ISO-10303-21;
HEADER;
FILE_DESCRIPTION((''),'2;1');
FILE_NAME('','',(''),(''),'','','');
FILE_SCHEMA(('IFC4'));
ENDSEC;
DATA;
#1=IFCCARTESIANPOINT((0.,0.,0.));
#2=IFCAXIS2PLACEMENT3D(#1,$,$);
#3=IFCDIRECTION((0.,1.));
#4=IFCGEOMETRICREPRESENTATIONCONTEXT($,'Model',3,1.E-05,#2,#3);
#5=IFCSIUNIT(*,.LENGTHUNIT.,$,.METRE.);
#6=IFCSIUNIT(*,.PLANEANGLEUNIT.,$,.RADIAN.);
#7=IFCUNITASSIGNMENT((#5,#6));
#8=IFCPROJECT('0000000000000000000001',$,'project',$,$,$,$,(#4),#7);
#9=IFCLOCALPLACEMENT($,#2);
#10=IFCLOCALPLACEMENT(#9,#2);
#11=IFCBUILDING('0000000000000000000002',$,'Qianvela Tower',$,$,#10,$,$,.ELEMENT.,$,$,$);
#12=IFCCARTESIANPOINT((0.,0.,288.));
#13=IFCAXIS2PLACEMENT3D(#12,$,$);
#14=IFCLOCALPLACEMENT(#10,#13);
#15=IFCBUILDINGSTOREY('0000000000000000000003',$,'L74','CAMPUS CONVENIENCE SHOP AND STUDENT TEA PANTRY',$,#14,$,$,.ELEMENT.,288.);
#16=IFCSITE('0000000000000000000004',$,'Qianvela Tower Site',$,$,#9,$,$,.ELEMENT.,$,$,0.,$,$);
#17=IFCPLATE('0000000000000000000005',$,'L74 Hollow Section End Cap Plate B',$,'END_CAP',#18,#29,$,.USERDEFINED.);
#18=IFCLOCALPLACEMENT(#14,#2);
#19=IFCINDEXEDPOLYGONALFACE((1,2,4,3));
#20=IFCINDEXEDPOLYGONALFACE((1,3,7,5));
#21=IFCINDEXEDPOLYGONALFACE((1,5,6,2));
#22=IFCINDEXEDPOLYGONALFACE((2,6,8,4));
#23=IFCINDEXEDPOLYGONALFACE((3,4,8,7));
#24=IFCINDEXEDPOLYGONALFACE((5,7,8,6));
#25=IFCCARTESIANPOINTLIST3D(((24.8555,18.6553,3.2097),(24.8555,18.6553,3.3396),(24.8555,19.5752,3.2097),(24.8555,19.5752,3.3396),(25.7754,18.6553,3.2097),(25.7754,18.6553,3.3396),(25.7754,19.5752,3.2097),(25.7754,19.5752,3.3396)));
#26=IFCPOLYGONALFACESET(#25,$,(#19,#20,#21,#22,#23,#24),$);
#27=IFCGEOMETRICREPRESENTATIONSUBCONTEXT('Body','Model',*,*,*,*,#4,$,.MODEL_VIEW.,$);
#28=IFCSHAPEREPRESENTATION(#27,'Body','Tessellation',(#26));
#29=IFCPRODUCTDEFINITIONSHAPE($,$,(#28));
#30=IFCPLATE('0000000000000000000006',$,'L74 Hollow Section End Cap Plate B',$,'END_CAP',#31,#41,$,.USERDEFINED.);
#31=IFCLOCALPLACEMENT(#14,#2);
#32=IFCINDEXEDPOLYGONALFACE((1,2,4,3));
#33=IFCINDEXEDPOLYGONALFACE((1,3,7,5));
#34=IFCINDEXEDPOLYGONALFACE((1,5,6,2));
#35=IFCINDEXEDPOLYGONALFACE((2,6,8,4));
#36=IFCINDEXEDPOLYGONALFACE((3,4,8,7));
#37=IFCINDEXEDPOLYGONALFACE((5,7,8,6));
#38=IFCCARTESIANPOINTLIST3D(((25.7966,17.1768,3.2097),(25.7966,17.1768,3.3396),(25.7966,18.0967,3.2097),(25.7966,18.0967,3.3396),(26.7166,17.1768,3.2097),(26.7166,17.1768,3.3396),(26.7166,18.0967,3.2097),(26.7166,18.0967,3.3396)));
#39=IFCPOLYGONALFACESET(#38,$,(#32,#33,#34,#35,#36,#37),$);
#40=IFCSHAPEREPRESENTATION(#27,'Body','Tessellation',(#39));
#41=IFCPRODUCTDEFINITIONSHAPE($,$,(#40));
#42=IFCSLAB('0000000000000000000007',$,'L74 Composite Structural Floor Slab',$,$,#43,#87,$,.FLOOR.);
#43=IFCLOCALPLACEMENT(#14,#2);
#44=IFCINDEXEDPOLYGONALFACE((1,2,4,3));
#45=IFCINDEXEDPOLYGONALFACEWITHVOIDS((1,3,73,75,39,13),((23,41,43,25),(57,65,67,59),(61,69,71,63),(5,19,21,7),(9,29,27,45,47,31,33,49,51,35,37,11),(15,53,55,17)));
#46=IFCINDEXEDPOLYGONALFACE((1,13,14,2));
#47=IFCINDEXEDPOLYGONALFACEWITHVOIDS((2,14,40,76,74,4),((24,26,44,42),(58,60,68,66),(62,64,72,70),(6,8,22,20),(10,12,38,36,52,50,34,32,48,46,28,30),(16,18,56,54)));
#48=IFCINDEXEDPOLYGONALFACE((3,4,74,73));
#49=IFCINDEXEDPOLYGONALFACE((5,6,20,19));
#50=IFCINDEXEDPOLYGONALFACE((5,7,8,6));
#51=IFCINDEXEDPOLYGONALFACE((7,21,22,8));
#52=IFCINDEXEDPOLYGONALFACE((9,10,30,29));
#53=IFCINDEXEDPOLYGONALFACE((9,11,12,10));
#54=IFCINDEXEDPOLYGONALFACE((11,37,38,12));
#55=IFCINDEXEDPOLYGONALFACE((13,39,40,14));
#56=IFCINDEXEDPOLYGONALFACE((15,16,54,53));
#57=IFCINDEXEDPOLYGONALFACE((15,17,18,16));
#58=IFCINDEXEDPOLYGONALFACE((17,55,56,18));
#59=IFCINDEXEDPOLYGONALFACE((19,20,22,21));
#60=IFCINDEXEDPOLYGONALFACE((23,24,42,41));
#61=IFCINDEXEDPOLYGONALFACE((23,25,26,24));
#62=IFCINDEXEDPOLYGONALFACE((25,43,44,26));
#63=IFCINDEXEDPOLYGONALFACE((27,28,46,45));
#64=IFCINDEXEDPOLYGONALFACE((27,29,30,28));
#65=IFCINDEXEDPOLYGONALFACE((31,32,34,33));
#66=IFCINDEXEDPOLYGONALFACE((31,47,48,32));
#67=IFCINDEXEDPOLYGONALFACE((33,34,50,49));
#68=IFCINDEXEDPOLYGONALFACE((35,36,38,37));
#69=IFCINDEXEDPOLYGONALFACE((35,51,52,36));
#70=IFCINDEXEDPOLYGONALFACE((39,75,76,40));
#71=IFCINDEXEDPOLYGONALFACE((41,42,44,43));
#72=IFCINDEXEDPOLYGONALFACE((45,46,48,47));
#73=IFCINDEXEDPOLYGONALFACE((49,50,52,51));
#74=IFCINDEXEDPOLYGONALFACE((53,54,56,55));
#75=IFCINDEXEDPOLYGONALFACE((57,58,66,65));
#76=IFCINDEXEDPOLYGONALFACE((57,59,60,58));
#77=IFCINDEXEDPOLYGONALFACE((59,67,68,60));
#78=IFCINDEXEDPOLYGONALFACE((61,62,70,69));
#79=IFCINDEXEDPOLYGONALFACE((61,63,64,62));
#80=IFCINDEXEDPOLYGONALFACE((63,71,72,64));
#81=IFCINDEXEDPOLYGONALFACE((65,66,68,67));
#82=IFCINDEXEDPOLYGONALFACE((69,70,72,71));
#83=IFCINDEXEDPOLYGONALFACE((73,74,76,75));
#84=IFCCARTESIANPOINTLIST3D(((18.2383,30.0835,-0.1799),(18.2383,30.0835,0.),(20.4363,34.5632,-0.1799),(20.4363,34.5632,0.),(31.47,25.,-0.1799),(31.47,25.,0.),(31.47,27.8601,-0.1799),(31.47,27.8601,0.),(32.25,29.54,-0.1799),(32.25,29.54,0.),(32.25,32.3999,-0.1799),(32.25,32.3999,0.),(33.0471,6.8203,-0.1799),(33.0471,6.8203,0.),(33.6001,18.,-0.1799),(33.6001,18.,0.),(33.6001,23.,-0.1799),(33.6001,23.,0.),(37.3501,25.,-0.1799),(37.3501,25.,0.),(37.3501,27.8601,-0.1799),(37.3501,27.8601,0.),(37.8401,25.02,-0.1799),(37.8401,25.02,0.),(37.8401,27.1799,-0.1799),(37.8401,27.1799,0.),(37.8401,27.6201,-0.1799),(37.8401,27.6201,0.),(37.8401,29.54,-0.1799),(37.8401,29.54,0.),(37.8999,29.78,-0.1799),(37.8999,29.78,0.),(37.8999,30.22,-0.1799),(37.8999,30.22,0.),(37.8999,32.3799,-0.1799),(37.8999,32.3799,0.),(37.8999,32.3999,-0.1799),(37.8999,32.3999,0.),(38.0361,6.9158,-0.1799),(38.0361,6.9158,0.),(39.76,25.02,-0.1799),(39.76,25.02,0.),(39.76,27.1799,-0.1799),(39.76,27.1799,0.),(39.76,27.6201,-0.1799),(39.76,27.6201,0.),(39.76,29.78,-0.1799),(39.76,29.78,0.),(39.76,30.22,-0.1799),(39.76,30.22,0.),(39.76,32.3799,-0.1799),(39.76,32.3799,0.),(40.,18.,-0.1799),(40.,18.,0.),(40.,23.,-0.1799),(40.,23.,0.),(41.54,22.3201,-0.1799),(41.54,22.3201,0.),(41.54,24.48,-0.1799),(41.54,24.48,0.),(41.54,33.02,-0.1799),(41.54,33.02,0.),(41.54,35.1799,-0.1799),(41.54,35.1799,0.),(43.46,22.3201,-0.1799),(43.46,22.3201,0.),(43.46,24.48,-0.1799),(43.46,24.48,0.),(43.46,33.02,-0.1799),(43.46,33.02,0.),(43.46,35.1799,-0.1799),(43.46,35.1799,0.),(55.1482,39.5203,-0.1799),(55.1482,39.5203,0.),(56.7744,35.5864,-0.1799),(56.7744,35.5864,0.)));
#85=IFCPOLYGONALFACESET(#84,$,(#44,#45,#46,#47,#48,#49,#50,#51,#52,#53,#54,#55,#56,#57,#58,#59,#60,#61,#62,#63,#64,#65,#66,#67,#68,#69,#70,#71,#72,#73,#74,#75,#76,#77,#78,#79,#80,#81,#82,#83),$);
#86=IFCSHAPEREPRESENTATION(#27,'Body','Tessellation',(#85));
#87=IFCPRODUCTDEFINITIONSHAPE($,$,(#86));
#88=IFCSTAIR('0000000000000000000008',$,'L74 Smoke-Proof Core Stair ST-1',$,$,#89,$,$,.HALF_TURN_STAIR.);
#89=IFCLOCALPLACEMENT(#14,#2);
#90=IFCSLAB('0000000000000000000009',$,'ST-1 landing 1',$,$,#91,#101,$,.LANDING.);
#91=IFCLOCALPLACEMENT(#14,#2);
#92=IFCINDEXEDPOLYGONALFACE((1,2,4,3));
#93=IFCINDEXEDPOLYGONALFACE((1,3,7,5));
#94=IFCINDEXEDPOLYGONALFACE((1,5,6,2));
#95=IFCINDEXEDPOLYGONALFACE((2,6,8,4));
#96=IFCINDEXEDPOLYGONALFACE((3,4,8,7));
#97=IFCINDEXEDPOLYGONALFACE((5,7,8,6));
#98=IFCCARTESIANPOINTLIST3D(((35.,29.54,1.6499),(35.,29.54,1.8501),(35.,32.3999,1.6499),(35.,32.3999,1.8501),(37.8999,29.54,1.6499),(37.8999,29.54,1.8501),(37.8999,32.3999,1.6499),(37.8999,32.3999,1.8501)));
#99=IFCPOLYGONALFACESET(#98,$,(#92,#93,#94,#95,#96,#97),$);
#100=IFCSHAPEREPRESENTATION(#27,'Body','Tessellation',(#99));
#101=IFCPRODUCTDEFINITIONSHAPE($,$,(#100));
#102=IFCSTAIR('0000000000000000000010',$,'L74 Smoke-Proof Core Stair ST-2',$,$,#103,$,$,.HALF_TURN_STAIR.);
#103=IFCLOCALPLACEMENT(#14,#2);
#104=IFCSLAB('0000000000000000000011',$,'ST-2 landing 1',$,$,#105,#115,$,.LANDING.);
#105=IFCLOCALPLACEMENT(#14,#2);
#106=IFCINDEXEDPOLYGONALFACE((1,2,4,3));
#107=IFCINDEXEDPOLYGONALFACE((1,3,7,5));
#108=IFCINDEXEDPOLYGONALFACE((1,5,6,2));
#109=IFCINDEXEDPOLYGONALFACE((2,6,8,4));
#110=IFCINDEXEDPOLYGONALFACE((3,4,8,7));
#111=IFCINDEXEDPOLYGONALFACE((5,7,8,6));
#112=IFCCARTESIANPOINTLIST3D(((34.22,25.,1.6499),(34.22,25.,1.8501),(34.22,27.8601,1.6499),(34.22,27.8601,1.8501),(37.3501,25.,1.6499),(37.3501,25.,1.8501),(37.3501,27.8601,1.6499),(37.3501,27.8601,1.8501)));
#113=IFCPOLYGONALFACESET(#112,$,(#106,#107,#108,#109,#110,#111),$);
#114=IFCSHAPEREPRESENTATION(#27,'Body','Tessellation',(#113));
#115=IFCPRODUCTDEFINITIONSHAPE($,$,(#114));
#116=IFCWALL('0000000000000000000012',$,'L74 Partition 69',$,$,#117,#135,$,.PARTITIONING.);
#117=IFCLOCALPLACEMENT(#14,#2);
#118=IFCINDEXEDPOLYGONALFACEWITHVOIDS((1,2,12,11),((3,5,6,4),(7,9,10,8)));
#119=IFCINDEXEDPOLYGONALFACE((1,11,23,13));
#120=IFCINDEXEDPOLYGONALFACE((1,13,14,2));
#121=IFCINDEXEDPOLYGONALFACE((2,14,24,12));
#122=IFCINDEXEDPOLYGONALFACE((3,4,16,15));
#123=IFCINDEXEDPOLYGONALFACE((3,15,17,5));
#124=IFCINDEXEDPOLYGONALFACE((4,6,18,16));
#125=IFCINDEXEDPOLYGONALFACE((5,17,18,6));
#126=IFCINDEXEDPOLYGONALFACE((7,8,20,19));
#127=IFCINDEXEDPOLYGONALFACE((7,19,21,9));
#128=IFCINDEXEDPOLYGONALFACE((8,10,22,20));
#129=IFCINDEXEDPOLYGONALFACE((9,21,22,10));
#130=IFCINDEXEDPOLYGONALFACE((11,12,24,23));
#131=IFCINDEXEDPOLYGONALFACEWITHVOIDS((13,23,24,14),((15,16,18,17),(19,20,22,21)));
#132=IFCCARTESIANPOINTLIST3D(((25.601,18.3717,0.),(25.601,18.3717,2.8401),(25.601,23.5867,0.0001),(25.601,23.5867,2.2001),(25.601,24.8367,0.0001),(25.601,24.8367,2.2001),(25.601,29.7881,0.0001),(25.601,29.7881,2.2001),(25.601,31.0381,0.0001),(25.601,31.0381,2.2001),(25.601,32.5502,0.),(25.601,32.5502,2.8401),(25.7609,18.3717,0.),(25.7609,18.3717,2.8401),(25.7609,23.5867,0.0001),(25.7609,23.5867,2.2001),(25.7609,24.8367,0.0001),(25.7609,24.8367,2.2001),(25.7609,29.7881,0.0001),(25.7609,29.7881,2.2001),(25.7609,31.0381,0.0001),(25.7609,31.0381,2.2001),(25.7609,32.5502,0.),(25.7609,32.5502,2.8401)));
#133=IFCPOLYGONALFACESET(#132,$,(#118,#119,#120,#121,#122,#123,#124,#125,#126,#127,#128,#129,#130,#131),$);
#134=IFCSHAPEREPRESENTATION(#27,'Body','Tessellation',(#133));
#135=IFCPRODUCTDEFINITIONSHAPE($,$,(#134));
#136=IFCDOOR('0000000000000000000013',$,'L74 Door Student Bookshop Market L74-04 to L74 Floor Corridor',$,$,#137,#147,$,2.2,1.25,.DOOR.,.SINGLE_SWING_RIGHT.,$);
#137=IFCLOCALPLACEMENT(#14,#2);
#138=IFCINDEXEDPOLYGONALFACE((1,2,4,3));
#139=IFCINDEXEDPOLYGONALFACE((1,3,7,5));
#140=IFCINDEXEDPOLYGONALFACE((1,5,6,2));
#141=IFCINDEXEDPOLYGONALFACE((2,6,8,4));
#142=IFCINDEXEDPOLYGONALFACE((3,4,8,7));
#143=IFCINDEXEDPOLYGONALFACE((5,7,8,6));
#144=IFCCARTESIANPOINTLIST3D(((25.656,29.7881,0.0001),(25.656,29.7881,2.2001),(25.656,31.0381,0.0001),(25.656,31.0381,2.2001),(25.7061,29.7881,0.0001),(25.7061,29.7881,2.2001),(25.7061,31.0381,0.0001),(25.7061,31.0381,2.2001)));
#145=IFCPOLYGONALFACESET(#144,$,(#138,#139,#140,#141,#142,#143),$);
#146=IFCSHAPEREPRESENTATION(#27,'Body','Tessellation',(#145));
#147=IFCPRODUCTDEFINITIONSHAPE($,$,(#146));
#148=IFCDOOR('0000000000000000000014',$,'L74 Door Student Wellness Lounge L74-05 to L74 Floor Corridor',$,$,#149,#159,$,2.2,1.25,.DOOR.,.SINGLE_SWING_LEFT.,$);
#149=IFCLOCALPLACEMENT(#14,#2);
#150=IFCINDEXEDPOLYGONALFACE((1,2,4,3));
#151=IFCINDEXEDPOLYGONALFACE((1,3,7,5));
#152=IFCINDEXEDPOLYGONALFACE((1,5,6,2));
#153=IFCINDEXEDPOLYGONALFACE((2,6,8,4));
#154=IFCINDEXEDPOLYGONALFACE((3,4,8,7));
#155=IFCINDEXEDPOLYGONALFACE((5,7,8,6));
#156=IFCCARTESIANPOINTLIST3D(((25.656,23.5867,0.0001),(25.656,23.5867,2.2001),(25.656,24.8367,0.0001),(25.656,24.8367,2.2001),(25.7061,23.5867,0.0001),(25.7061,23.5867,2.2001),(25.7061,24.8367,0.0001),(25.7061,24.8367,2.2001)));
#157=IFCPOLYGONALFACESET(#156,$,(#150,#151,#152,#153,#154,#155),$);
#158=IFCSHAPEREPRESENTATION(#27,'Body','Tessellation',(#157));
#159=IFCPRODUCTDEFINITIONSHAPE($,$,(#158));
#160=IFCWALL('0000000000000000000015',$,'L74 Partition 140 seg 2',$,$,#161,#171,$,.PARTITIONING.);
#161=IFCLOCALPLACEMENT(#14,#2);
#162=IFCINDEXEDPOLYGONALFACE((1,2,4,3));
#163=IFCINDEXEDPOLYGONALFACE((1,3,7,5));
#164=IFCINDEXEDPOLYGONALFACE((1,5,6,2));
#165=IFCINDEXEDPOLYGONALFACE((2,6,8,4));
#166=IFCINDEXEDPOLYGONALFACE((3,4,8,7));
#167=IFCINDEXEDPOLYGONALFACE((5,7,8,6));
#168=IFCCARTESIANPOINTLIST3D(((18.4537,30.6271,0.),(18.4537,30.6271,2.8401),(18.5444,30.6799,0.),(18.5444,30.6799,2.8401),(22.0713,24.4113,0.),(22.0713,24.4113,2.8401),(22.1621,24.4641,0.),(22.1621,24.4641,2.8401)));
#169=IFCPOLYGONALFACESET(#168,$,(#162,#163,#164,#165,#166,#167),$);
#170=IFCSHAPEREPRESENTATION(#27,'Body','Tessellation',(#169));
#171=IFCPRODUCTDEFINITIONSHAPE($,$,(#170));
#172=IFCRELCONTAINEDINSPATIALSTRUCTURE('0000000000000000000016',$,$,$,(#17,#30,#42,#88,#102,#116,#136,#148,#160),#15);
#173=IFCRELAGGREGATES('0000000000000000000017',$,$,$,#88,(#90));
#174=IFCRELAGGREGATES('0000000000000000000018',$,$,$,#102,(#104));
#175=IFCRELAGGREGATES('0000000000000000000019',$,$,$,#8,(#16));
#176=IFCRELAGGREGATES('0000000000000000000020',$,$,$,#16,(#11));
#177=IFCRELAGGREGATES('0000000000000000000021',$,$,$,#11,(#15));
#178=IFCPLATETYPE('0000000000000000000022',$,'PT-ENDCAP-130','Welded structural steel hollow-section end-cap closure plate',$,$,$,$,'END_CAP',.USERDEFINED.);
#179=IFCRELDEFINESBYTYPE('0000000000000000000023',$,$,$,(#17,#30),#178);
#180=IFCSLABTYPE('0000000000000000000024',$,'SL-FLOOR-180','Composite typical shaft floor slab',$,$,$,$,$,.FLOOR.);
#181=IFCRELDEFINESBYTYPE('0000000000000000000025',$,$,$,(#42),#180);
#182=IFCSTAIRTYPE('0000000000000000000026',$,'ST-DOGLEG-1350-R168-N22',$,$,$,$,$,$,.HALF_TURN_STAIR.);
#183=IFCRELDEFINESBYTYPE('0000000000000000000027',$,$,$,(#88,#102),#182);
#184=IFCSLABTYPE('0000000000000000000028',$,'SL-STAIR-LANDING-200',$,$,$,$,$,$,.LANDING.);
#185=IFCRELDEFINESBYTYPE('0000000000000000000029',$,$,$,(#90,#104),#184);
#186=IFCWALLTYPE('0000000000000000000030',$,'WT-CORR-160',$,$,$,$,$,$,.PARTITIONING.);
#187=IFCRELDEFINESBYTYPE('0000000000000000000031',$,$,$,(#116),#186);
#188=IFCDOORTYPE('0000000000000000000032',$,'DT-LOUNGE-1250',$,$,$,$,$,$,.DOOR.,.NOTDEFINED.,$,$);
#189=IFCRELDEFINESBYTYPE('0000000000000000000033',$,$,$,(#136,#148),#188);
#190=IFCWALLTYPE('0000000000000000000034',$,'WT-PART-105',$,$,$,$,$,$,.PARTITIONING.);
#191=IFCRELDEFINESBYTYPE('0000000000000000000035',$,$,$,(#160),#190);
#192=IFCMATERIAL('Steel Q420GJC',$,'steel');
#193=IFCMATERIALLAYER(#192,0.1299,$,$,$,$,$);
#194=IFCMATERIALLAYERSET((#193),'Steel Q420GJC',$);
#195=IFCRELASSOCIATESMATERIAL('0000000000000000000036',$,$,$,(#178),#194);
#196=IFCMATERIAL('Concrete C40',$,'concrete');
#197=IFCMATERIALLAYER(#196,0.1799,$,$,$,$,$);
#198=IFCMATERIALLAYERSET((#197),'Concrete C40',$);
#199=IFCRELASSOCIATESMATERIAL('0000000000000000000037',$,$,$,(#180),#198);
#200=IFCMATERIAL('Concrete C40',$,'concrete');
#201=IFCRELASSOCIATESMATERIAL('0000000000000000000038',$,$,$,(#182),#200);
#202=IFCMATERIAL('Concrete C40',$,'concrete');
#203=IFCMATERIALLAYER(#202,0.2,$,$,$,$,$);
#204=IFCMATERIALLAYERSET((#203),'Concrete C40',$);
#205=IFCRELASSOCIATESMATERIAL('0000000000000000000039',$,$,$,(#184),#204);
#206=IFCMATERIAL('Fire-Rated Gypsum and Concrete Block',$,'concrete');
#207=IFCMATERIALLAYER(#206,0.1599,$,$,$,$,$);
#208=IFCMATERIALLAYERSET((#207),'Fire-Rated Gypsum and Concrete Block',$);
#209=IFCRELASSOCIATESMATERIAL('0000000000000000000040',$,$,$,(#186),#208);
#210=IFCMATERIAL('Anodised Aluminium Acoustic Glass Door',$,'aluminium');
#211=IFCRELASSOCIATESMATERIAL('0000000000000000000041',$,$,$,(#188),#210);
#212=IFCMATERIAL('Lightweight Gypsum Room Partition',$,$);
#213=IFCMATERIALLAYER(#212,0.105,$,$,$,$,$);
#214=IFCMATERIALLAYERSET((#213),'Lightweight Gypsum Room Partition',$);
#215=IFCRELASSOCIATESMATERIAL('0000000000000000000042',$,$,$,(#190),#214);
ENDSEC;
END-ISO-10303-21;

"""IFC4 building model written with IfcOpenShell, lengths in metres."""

from ifc_helpers import new_model, si_unit, direction, frame, frame_2d, origin, origin_2d, place, context, subcontext, project, spatial, polyline, rectangle, outline, extrude, material, layer, layer_set, type_object, element, fill, aggregate, save


model = new_model("IFC4")

# Units and contexts
model_context = context("Model", 3, precision=1e-05, world=origin(), true_north=direction((0.0, 1.0)))
body_context = subcontext(model_context, "Body", "Model", "MODEL_VIEW")
ifc_project = project(units=[si_unit("LENGTHUNIT", "METRE"), si_unit("PLANEANGLEUNIT", "RADIAN")], contexts=[model_context])

# Site, building, storey
site_placement = place(None, origin())
site = spatial("IfcSite", under=ifc_project, at=site_placement, Name="Qianvela Tower Site", CompositionType="ELEMENT", RefElevation=0.0)
building_placement = place(site_placement, origin())
building = spatial("IfcBuilding", under=site, at=building_placement, Name="Qianvela Tower", CompositionType="ELEMENT")
storey_placement = place(building_placement, frame((0.0, 0.0, 288.0)))
storey = spatial("IfcBuildingStorey", under=building, at=storey_placement, Name="L74", Description="CAMPUS CONVENIENCE SHOP AND STUDENT TEA PANTRY", CompositionType="ELEMENT", Elevation=288.0)

# Plates
ifc_material_1 = material(Name="Steel Q420GJC", Category="steel")
ifc_layer_1 = layer(ifc_material_1, 0.1299)
ifc_layer_set_1 = layer_set([ifc_layer_1], Name="Steel Q420GJC")
plate_type_1 = type_object("IfcPlateType", Name="PT-ENDCAP-130", Description="Welded structural steel hollow-section end-cap closure plate", ElementType="END_CAP", PredefinedType="USERDEFINED", material=ifc_layer_set_1)
for number, where, z_axis, x_axis, name in (
    (1, (25.3154, 19.1152, 3.2097), (0.0, 0.0, 1.0), (1.0, 0.0, 0.0), "L74 Hollow Section End Cap Plate B"),
    (2, (26.2566, 17.6367, 3.2097), (0.0, 0.0, 1.0), (1.0, 0.0, 0.0), "L74 Hollow Section End Cap Plate B"),
):
    element("IfcPlate", number, at=place(storey_placement, frame(where, z_axis=z_axis, x_axis=x_axis)), inside=storey, type_object=plate_type_1, Name=name, ObjectType="END_CAP", PredefinedType="USERDEFINED", context=body_context, shape_type="SweptSolid", body=[
        extrude(rectangle(XDim=0.9199, YDim=0.9199, at=origin_2d()), origin(), (0.0, 0.0, 1.0), 0.1299),
    ])

# Slab
ifc_material_2 = material(Name="Concrete C40", Category="concrete")
ifc_layer_2 = layer(ifc_material_2, 0.1799)
ifc_layer_set_2 = layer_set([ifc_layer_2], Name="Concrete C40")
slab_type_1 = type_object("IfcSlabType", Name="SL-FLOOR-180", Description="Composite typical shaft floor slab", PredefinedType="FLOOR", material=ifc_layer_set_2)
slab_1_placement = place(storey_placement, frame((0.0, 0.0, -0.1799)))
element("IfcSlab", 3, at=slab_1_placement, inside=storey, type_object=slab_type_1, Name="L74 Composite Structural Floor Slab", PredefinedType="FLOOR", context=body_context, shape_type="SweptSolid", body=[
    extrude(outline(polyline([(56.7744, 35.5864), (55.1482, 39.5203), (20.4363, 34.5632), (18.2383, 30.0835), (33.0471, 6.8203), (38.0361, 6.9158), (56.7744, 35.5864)]), holes=[polyline([(40.0, 23.0), (33.6001, 23.0), (33.6001, 18.0), (40.0, 18.0), (40.0, 23.0)]), polyline([(43.46, 24.48), (41.54, 24.48), (41.54, 22.3201), (43.46, 22.3201), (43.46, 24.48)]), polyline([(39.76, 27.1799), (37.8401, 27.1799), (37.8401, 25.02), (39.76, 25.02), (39.76, 27.1799)]), polyline([(37.3501, 27.8601), (31.47, 27.8601), (31.47, 25.0), (37.3501, 25.0), (37.3501, 27.8601)]), polyline([(39.76, 27.6201), (39.76, 29.78), (37.8999, 29.78), (37.8999, 30.22), (39.76, 30.22), (39.76, 32.3799), (37.8999, 32.3799), (37.8999, 32.3999), (32.25, 32.3999), (32.25, 29.54), (37.8401, 29.54), (37.8401, 27.6201), (39.76, 27.6201)]), polyline([(43.46, 35.1799), (41.54, 35.1799), (41.54, 33.02), (43.46, 33.02), (43.46, 35.1799)])]), origin(), (0.0, 0.0, 1.0), 0.1799),
])

# Stairs, slabs
ifc_material_3 = material(Name="Concrete C40", Category="concrete")
stair_type = type_object("IfcStairType", Name="ST-DOGLEG-1350-R168-N22", PredefinedType="HALF_TURN_STAIR", material=ifc_material_3)
stair_1_placement = place(storey_placement, origin())
stair_1 = element("IfcStair", 4, at=stair_1_placement, inside=storey, type_object=stair_type, Name="L74 Smoke-Proof Core Stair ST-1", PredefinedType="HALF_TURN_STAIR")
ifc_material_4 = material(Name="Concrete C40", Category="concrete")
ifc_layer_3 = layer(ifc_material_4, 0.2)
ifc_layer_set_3 = layer_set([ifc_layer_3], Name="Concrete C40")
slab_type_2 = type_object("IfcSlabType", Name="SL-STAIR-LANDING-200", PredefinedType="LANDING", material=ifc_layer_set_3)
slab_2_placement = place(storey_placement, frame((0.0, 0.0, 1.6499)))
slab_2 = element("IfcSlab", 5, at=slab_2_placement, type_object=slab_type_2, Name="ST-1 landing 1", PredefinedType="LANDING", context=body_context, shape_type="SweptSolid", body=[
    extrude(outline(polyline([(35.0, 29.54), (37.8999, 29.54), (37.8999, 32.3999), (35.0, 32.3999), (35.0, 29.54)])), origin(), (0.0, 0.0, 1.0), 0.2002),
])
aggregate(stair_1, [slab_2])
stair_2_placement = place(storey_placement, origin())
stair_2 = element("IfcStair", 6, at=stair_2_placement, inside=storey, type_object=stair_type, Name="L74 Smoke-Proof Core Stair ST-2", PredefinedType="HALF_TURN_STAIR")
slab_3_placement = place(storey_placement, frame((0.0, 0.0, 1.6499)))
slab_3 = element("IfcSlab", 7, at=slab_3_placement, type_object=slab_type_2, Name="ST-2 landing 1", PredefinedType="LANDING", context=body_context, shape_type="SweptSolid", body=[
    extrude(outline(polyline([(34.22, 25.0), (37.3501, 25.0), (37.3501, 27.8601), (34.22, 27.8601), (34.22, 25.0)])), origin(), (0.0, 0.0, 1.0), 0.2002),
])
aggregate(stair_2, [slab_3])

# Wall, openings, doors
ifc_material_5 = material(Name="Fire-Rated Gypsum and Concrete Block", Category="concrete")
ifc_layer_4 = layer(ifc_material_5, 0.1599)
ifc_layer_set_4 = layer_set([ifc_layer_4], Name="Fire-Rated Gypsum and Concrete Block")
wall_type_1 = type_object("IfcWallType", Name="WT-CORR-160", PredefinedType="PARTITIONING", material=ifc_layer_set_4)
wall_1_placement = place(storey_placement, frame((25.6809, 18.3716, 0.0), z_axis=(0.0, 0.0, 1.0), x_axis=(0.0, 1.0, 0.0)))
wall_1 = element("IfcWall", 8, at=wall_1_placement, inside=storey, type_object=wall_type_1, Name="L74 Partition 69", PredefinedType="PARTITIONING", context=body_context, shape_type="SweptSolid", body=[
    extrude(rectangle(XDim=14.1785, YDim=0.1599, at=frame_2d((7.0894, 0.0))), origin(), (0.0, 0.0, 1.0), 2.8401),
])
opening_1_placement = place(wall_1_placement, frame((11.4165, 0.0, 0.0)))
opening_1 = element("IfcOpeningElement", 9, at=opening_1_placement, cuts=wall_1, PredefinedType="OPENING", context=body_context, shape_type="SweptSolid", body=[
    extrude(rectangle(XDim=1.25, YDim=2.2, at=frame_2d((0.625, 1.1001))), frame((0.0, 0.0898, 0.0), z_axis=(0.0, -1.0, 0.0), x_axis=(1.0, 0.0, 0.0)), (0.0, 0.0, 1.0), 0.1799),
])
opening_2_placement = place(wall_1_placement, frame((5.2151, 0.0, 0.0)))
opening_2 = element("IfcOpeningElement", 10, at=opening_2_placement, cuts=wall_1, PredefinedType="OPENING", context=body_context, shape_type="SweptSolid", body=[
    extrude(rectangle(XDim=1.25, YDim=2.2, at=frame_2d((0.625, 1.1001))), frame((0.0, 0.0898, 0.0), z_axis=(0.0, -1.0, 0.0), x_axis=(1.0, 0.0, 0.0)), (0.0, 0.0, 1.0), 0.1799),
])
ifc_material_6 = material(Name="Anodised Aluminium Acoustic Glass Door", Category="aluminium")
door_type = type_object("IfcDoorType", Name="DT-LOUNGE-1250", OperationType="NOTDEFINED", PredefinedType="DOOR", material=ifc_material_6)
door_1_placement = place(opening_1_placement, origin())
door_1 = element("IfcDoor", 11, at=door_1_placement, inside=storey, type_object=door_type, Name="L74 Door Student Bookshop Market L74-04 to L74 Floor Corridor", OperationType="SINGLE_SWING_RIGHT", OverallHeight=2.2, OverallWidth=1.25, PredefinedType="DOOR", context=body_context, shape_type="SweptSolid", body=[
    extrude(rectangle(XDim=1.25, YDim=2.2, at=frame_2d((0.625, 1.1001))), frame((0.0, 0.0249, 0.0), z_axis=(0.0, -1.0, 0.0), x_axis=(1.0, 0.0, 0.0)), (0.0, 0.0, 1.0), 0.05),
])
fill(opening_1, door_1)
door_2_placement = place(opening_2_placement, origin())
door_2 = element("IfcDoor", 12, at=door_2_placement, inside=storey, type_object=door_type, Name="L74 Door Student Wellness Lounge L74-05 to L74 Floor Corridor", OperationType="SINGLE_SWING_LEFT", OverallHeight=2.2, OverallWidth=1.25, PredefinedType="DOOR", context=body_context, shape_type="SweptSolid", body=[
    extrude(rectangle(XDim=1.25, YDim=2.2, at=frame_2d((0.625, 1.1001))), frame((0.0, 0.0249, 0.0), z_axis=(0.0, -1.0, 0.0), x_axis=(1.0, 0.0, 0.0)), (0.0, 0.0, 1.0), 0.05),
])
fill(opening_2, door_2)

# Wall
ifc_material_7 = material(Name="Lightweight Gypsum Room Partition")
ifc_layer_5 = layer(ifc_material_7, 0.105)
ifc_layer_set_5 = layer_set([ifc_layer_5], Name="Lightweight Gypsum Room Partition")
wall_type_2 = type_object("IfcWallType", Name="WT-PART-105", PredefinedType="PARTITIONING", material=ifc_layer_set_5)
wall_2_placement = place(storey_placement, frame((22.1167, 24.4377, 0.0), z_axis=(0.0, 0.0, 1.0), x_axis=(-0.503018, 0.864276, 0.0)))
element("IfcWall", 13, at=wall_2_placement, inside=storey, type_object=wall_type_2, Name="L74 Partition 140 seg 2", PredefinedType="PARTITIONING", context=body_context, shape_type="SweptSolid", body=[
    extrude(rectangle(XDim=7.1919, YDim=0.105, at=frame_2d((3.5959, 0.0))), origin(), (0.0, 0.0, 1.0), 2.8401),
])

save(model, "model.ifc")
